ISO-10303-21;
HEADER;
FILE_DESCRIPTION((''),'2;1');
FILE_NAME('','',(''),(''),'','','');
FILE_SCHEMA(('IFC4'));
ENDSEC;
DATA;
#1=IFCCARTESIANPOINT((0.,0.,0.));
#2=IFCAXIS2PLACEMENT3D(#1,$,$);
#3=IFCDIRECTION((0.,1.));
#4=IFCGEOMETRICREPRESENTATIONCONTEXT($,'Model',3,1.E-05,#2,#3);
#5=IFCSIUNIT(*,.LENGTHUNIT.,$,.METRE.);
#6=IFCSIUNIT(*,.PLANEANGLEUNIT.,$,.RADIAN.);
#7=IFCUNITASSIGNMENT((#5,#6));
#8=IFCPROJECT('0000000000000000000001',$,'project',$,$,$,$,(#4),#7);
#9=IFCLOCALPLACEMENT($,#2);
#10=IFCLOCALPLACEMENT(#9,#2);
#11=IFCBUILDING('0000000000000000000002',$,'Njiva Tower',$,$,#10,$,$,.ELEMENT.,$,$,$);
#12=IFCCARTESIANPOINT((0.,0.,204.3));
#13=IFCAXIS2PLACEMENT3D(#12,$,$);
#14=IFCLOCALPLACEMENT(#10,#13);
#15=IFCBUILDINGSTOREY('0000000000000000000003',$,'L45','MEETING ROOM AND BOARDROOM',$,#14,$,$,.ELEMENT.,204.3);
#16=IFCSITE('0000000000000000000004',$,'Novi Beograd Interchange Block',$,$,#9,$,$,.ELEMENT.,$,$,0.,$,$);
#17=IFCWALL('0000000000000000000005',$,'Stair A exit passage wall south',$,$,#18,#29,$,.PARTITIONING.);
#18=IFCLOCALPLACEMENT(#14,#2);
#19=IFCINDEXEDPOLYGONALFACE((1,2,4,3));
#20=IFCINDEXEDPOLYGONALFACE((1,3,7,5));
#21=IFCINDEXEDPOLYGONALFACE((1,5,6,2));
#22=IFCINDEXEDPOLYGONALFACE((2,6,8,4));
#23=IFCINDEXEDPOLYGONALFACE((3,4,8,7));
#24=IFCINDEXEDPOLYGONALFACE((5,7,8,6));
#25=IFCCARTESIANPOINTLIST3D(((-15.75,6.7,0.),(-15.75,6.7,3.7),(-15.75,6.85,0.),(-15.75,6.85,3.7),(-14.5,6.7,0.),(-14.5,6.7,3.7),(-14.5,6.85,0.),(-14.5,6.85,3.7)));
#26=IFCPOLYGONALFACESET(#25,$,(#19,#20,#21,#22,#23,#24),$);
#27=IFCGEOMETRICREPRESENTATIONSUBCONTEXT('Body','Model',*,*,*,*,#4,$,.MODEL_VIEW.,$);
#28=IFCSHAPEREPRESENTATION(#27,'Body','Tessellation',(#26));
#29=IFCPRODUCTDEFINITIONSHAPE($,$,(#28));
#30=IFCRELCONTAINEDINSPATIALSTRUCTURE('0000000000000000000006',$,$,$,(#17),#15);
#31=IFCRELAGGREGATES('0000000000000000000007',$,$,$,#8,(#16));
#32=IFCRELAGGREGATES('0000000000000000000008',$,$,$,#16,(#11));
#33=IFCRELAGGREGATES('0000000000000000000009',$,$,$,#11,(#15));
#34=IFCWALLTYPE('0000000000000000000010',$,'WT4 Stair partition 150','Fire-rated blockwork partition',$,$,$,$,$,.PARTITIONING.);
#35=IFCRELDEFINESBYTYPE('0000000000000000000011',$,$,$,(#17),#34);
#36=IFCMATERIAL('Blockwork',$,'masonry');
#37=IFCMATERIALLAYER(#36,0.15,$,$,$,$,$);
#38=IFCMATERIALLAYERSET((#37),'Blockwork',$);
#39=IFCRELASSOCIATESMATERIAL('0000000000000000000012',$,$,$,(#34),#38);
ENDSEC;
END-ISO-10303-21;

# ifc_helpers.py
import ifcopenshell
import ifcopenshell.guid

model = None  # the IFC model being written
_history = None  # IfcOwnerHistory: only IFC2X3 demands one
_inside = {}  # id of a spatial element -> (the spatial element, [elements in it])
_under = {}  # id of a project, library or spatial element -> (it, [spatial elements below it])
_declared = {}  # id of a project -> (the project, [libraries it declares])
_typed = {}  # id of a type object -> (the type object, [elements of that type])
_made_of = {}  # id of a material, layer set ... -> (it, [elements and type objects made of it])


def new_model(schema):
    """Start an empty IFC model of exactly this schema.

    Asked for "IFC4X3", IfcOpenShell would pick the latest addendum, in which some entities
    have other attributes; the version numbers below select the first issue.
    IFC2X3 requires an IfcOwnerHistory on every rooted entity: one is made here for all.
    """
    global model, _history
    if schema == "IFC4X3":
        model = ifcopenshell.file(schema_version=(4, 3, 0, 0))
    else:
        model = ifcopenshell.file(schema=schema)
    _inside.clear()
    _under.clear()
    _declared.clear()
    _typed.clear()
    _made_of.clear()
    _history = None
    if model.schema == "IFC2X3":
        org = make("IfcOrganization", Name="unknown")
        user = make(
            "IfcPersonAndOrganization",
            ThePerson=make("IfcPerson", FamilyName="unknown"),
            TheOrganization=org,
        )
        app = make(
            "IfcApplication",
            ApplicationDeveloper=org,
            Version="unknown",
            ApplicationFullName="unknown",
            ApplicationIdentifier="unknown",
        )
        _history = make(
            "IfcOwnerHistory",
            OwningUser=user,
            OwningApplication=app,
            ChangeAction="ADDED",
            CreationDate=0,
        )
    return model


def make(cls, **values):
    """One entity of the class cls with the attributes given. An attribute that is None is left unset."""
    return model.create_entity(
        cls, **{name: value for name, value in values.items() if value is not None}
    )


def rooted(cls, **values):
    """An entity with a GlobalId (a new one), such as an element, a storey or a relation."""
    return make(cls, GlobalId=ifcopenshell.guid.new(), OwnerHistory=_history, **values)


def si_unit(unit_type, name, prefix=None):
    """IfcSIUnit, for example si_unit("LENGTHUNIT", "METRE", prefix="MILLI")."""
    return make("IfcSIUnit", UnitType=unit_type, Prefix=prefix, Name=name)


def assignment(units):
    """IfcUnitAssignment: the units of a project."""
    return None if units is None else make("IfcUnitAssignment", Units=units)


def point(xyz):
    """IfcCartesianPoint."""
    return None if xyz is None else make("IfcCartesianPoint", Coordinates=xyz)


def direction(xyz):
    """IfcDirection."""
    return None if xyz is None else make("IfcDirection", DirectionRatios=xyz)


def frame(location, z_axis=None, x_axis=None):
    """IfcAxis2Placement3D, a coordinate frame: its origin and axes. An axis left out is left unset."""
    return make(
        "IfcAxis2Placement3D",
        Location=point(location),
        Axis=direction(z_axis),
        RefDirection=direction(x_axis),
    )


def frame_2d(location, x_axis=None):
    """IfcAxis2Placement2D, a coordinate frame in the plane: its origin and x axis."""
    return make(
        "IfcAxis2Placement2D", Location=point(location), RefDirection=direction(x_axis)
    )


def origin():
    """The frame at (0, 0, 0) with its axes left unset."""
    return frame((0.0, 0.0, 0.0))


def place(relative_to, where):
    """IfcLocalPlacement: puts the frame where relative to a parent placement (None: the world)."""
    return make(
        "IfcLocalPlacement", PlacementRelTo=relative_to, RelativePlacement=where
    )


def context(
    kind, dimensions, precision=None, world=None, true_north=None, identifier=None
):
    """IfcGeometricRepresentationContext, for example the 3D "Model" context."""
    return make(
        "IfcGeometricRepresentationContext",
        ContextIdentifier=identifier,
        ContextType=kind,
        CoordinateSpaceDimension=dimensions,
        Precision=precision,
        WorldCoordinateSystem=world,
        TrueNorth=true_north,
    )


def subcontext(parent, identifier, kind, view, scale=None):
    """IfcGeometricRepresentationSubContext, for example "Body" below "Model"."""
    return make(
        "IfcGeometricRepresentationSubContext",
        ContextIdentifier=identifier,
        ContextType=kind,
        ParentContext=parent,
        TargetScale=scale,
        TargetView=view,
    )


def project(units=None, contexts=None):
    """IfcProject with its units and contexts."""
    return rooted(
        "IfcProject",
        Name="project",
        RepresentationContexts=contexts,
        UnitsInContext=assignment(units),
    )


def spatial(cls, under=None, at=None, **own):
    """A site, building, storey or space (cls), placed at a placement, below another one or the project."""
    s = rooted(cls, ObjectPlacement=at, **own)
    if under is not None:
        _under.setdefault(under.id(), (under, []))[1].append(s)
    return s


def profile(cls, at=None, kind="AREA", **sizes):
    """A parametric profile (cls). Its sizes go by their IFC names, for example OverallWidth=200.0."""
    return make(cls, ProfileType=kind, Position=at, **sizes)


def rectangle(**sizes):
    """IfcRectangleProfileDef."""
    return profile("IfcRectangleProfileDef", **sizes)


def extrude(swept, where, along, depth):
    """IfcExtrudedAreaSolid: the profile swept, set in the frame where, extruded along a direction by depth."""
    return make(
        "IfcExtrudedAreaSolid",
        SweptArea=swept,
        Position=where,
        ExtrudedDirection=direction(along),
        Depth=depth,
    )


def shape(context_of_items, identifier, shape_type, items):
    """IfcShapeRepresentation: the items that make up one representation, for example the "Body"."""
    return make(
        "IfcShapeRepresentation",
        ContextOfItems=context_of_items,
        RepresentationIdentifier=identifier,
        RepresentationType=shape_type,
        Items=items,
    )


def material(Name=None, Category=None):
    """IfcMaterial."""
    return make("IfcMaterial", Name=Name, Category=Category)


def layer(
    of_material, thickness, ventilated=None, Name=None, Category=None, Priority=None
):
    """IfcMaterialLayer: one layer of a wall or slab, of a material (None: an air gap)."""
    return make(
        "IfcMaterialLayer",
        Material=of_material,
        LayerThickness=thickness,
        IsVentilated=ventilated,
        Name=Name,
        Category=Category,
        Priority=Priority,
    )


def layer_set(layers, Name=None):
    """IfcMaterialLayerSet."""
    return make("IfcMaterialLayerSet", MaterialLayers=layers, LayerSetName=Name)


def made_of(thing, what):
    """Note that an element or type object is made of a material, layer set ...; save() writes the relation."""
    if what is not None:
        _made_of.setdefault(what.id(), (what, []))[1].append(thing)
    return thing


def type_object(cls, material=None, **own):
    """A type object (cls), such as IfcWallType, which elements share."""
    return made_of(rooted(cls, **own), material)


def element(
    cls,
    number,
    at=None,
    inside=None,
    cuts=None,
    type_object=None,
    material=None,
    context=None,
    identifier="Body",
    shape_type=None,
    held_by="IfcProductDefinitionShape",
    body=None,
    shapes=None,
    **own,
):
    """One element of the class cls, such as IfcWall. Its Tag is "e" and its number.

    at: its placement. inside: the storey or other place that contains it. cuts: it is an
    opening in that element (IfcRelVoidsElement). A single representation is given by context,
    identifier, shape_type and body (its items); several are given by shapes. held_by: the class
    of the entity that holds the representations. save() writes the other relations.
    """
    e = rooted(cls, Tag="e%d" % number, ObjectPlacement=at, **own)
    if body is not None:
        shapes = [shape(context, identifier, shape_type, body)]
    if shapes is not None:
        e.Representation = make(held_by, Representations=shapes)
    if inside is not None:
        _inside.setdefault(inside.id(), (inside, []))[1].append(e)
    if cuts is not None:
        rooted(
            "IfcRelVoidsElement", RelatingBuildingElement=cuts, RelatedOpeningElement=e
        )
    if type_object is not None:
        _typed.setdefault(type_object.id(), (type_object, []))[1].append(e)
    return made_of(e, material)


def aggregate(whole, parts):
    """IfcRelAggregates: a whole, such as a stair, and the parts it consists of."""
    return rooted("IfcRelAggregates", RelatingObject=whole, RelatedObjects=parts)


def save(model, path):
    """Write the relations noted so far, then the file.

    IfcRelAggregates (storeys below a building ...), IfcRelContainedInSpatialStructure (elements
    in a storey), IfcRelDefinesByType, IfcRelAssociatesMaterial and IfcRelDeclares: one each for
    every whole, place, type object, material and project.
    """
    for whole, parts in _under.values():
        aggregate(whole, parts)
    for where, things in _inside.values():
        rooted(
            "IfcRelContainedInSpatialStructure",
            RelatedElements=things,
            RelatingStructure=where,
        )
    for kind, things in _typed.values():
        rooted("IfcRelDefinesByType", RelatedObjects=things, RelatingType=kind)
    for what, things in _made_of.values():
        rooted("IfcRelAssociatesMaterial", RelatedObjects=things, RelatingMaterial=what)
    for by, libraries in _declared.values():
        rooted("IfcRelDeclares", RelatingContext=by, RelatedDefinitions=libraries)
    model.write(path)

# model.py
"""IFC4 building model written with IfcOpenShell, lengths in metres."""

from ifc_helpers import new_model, si_unit, direction, frame, frame_2d, origin, place, context, subcontext, project, spatial, rectangle, extrude, material, layer, layer_set, type_object, element, save


model = new_model("IFC4")

# Units and contexts
model_context = context("Model", 3, precision=1e-05, world=origin(), true_north=direction((0.0, 1.0)))
body_context = subcontext(model_context, "Body", "Model", "MODEL_VIEW")
ifc_project = project(units=[si_unit("LENGTHUNIT", "METRE"), si_unit("PLANEANGLEUNIT", "RADIAN")], contexts=[model_context])

# Site, building, storey
site_placement = place(None, origin())
site = spatial("IfcSite", under=ifc_project, at=site_placement, Name="Novi Beograd Interchange Block", CompositionType="ELEMENT", RefElevation=0.0)
building_placement = place(site_placement, origin())
building = spatial("IfcBuilding", under=site, at=building_placement, Name="Njiva Tower", CompositionType="ELEMENT")
storey_placement = place(building_placement, frame((0.0, 0.0, 204.3)))
storey = spatial("IfcBuildingStorey", under=building, at=storey_placement, Name="L45", Description="MEETING ROOM AND BOARDROOM", CompositionType="ELEMENT", Elevation=204.3)

# Shared definitions
ifc_material_1 = material(Name="Blockwork", Category="masonry")

# Wall
ifc_layer_1 = layer(ifc_material_1, 0.15)
ifc_layer_set_1 = layer_set([ifc_layer_1], Name="Blockwork")
wall_type_1 = type_object("IfcWallType", Name="WT4 Stair partition 150", Description="Fire-rated blockwork partition", PredefinedType="PARTITIONING", material=ifc_layer_set_1)
wall_1_placement = place(storey_placement, frame((-15.75, 6.775, 0.0), z_axis=(0.0, 0.0, 1.0), x_axis=(1.0, 0.0, 0.0)))
element("IfcWall", 1, at=wall_1_placement, inside=storey, type_object=wall_type_1, Name="Stair A exit passage wall south", PredefinedType="PARTITIONING", context=body_context, shape_type="SweptSolid", body=[
    extrude(rectangle(XDim=1.25, YDim=0.15, at=frame_2d((0.625, 0.0))), origin(), (0.0, 0.0, 1.0), 3.7),
])

save(model, "model.ifc")
